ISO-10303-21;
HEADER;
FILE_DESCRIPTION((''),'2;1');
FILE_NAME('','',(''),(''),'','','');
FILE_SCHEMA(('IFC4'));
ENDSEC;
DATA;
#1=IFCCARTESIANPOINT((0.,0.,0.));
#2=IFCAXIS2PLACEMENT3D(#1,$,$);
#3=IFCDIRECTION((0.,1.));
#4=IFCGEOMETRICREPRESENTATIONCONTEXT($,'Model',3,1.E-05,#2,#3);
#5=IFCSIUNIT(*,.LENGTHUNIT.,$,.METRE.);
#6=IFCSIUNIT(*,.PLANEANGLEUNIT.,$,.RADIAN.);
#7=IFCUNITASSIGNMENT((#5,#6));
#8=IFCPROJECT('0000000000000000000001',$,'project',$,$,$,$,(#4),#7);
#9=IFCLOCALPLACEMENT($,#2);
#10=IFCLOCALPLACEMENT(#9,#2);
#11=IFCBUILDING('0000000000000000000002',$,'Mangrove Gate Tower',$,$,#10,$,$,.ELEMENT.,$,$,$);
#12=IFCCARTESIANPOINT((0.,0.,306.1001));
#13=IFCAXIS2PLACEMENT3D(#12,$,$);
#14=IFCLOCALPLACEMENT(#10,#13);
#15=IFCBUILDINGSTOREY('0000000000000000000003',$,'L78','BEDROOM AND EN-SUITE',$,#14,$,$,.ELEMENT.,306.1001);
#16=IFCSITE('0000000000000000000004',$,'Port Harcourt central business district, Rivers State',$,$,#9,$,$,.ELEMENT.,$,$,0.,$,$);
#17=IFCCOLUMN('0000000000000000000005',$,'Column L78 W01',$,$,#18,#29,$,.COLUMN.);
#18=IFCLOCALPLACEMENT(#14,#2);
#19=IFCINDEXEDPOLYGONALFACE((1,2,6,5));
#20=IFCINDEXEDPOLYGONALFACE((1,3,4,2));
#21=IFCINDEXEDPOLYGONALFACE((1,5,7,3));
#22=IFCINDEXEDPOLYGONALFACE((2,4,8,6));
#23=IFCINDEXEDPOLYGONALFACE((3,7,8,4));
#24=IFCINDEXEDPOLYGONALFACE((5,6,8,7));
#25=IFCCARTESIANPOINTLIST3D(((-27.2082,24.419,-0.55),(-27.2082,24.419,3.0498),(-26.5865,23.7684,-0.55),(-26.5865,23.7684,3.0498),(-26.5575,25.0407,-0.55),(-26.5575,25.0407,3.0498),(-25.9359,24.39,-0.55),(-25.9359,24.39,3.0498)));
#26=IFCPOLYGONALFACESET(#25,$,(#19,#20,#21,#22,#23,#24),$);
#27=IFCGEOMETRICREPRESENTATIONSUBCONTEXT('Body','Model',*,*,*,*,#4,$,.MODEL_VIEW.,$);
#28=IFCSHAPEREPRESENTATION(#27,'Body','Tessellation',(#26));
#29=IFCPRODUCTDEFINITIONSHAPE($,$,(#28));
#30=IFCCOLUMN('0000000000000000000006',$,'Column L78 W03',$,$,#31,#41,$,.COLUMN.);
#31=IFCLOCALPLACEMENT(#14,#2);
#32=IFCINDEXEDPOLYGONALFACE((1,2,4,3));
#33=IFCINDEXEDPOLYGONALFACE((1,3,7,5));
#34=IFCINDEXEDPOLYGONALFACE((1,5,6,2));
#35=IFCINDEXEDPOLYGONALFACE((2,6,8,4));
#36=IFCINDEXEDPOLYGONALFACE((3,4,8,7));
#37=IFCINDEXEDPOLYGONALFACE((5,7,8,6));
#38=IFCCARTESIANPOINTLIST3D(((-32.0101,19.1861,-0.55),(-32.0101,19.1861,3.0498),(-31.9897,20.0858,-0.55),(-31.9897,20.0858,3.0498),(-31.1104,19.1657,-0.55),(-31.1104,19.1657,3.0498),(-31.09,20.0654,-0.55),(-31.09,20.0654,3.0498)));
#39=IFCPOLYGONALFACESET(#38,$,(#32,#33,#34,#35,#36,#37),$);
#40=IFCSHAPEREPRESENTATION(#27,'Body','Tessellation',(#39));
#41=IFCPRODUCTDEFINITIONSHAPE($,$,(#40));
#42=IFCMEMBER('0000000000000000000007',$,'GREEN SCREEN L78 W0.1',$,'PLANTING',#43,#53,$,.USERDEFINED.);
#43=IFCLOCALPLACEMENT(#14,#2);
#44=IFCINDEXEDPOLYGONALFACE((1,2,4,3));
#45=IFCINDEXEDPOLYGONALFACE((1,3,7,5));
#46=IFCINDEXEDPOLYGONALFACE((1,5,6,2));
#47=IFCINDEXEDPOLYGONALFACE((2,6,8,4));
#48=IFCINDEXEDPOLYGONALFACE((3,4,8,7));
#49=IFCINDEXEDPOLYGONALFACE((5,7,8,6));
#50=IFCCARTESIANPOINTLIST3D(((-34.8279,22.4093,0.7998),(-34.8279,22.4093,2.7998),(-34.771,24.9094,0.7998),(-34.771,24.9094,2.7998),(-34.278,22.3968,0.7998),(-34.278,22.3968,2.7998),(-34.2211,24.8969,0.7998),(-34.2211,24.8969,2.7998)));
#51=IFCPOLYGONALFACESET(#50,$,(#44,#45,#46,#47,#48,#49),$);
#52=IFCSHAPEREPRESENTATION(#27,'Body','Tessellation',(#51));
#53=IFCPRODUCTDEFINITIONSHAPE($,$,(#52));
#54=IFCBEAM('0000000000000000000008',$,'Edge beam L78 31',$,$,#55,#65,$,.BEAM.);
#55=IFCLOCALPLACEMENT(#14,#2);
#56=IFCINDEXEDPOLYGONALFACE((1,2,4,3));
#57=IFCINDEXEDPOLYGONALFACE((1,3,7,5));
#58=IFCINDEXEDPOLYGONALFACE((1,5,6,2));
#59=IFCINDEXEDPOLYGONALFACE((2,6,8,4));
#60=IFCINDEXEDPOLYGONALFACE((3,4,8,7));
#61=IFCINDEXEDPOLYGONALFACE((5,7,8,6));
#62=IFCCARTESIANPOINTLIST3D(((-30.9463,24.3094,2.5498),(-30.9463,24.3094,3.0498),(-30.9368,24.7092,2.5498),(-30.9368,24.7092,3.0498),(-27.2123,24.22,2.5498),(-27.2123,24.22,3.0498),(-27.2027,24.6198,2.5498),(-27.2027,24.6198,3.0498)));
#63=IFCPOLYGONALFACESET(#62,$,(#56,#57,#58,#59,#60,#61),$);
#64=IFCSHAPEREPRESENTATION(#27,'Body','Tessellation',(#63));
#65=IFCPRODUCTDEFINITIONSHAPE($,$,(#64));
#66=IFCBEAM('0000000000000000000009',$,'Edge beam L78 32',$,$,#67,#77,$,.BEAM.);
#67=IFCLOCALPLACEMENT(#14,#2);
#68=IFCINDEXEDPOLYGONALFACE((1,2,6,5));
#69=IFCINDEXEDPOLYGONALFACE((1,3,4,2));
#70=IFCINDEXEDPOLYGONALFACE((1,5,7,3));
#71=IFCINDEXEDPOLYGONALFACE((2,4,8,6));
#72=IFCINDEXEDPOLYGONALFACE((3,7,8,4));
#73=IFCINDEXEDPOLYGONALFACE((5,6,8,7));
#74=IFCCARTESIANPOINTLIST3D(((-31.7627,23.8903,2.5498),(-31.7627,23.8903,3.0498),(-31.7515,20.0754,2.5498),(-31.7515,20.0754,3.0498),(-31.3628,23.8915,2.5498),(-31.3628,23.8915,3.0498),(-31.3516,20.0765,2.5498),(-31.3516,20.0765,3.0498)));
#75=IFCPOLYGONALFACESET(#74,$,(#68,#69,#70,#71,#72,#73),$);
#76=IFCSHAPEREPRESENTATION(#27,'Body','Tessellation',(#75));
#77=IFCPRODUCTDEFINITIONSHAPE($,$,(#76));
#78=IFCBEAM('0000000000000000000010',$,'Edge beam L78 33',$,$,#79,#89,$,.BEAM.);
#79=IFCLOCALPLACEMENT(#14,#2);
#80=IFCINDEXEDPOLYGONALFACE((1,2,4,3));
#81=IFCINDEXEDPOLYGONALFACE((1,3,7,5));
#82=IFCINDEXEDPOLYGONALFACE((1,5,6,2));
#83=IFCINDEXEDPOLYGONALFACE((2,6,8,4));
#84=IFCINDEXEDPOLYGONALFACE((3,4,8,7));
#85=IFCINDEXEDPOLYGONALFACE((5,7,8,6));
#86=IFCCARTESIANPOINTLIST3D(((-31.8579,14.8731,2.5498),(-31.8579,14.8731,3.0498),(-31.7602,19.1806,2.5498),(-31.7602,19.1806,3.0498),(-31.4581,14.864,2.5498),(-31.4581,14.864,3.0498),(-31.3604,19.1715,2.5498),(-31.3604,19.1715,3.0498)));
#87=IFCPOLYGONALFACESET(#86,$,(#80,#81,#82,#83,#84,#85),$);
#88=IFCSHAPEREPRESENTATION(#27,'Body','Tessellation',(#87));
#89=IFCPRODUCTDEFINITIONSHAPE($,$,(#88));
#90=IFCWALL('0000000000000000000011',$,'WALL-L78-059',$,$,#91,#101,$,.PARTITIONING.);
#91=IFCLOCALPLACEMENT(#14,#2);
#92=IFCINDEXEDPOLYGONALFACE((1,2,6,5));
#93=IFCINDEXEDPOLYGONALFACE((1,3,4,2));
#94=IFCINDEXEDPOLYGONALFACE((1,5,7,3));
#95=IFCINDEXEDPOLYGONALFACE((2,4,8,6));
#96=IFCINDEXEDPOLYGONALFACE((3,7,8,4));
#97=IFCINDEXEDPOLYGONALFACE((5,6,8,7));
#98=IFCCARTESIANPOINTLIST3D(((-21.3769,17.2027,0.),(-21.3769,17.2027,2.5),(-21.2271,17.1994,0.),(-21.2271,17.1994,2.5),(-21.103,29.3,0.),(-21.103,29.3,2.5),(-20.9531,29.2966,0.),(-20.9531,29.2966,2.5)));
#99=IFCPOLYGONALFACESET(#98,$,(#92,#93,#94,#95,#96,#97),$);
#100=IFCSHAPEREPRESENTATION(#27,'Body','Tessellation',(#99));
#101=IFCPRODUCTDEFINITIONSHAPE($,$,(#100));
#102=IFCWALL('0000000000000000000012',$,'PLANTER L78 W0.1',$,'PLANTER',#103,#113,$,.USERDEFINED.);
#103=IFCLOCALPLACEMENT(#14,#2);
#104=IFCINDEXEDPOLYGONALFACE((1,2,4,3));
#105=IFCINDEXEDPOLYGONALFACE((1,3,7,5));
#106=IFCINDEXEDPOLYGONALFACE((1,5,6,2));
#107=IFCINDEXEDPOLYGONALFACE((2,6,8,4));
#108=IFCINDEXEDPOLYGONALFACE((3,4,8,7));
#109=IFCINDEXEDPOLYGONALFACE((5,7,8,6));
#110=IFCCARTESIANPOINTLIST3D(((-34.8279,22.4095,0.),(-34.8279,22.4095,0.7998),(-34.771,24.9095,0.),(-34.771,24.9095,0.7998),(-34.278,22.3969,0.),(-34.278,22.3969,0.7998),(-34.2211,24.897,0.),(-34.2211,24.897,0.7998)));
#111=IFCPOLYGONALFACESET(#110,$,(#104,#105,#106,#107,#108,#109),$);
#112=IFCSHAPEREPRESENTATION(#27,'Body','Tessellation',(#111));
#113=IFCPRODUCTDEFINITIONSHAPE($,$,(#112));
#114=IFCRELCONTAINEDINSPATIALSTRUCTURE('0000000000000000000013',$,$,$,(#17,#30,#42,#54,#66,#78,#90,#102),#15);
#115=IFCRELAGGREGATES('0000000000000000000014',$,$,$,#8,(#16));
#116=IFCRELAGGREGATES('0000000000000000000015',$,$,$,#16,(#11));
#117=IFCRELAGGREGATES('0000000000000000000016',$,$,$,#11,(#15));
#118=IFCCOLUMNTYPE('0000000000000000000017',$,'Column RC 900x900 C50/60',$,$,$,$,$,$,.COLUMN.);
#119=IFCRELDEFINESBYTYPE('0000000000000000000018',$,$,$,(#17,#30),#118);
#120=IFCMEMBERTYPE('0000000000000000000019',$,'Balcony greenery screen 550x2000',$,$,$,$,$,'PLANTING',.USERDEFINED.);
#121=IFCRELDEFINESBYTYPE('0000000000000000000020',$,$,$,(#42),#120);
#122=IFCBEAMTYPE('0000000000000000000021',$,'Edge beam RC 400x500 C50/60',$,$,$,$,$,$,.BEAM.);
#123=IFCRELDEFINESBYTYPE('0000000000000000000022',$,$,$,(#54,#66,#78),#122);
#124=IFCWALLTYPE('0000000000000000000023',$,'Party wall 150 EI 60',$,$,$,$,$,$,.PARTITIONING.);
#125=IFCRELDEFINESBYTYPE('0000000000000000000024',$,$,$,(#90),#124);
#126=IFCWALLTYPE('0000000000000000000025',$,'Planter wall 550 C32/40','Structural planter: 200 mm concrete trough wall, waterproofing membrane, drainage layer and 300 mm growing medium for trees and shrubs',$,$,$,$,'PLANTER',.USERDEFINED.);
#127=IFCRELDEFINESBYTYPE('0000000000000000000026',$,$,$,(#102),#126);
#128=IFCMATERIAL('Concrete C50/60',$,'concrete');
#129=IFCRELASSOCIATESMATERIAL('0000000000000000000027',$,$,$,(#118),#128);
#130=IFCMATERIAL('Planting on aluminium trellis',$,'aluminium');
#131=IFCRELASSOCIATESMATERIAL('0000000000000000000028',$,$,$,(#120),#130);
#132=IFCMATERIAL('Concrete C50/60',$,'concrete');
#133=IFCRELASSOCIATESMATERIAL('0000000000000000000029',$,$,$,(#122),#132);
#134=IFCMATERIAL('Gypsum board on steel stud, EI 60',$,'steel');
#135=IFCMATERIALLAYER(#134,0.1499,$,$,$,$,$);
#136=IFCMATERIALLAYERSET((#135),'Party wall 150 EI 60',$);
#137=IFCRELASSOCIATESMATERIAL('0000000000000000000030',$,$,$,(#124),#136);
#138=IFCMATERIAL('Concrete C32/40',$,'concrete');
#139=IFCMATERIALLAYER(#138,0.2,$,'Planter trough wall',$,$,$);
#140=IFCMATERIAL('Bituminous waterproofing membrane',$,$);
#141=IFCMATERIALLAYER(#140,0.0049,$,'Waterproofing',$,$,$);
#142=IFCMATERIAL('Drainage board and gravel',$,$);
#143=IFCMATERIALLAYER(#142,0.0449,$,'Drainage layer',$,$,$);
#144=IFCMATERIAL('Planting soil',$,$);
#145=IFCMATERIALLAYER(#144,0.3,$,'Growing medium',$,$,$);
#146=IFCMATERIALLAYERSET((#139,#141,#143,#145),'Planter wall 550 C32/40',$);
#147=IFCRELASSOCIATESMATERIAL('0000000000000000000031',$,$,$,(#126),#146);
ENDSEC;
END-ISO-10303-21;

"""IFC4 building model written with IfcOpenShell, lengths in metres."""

from ifc_helpers import new_model, si_unit, direction, frame, frame_2d, origin, origin_2d, place, context, subcontext, project, spatial, rectangle, extrude, material, layer, layer_set, material_profile, profile_set, type_object, element, save


model = new_model("IFC4")

# Units and contexts
model_context = context("Model", 3, precision=1e-05, world=origin(), true_north=direction((0.0, 1.0)))
body_context = subcontext(model_context, "Body", "Model", "MODEL_VIEW")
ifc_project = project(units=[si_unit("LENGTHUNIT", "METRE"), si_unit("PLANEANGLEUNIT", "RADIAN")], contexts=[model_context])

# Site, building, storey
site_placement = place(None, origin())
site = spatial("IfcSite", under=ifc_project, at=site_placement, Name="Port Harcourt central business district, Rivers State", CompositionType="ELEMENT", RefElevation=0.0)
building_placement = place(site_placement, origin())
building = spatial("IfcBuilding", under=site, at=building_placement, Name="Mangrove Gate Tower", CompositionType="ELEMENT")
storey_placement = place(building_placement, frame((0.0, 0.0, 306.1001)))
storey = spatial("IfcBuildingStorey", under=building, at=storey_placement, Name="L78", Description="BEDROOM AND EN-SUITE", CompositionType="ELEMENT", Elevation=306.1001)

# Columns
ifc_material_1 = material(Name="Concrete C50/60", Category="concrete")
ifc_material_profile_1 = material_profile(ifc_material_1, rectangle(XDim=0.8999, YDim=0.8999, at=origin_2d()))
ifc_profile_set_1 = profile_set([ifc_material_profile_1], Name="Concrete C50/60")
column_type = type_object("IfcColumnType", Name="Column RC 900x900 C50/60", PredefinedType="COLUMN", material=ifc_profile_set_1)
for number, where, z_axis, x_axis, name in (
    (1, (-26.572, 24.4045, -0.55), (0.0, 0.0, 1.0), (-0.723044, -0.690802, 0.0), "Column L78 W01"),
    (2, (-31.55, 19.6257, -0.55), (0.0, 0.0, 1.0), (-0.022656, -0.999743, 0.0), "Column L78 W03"),
):
    element("IfcColumn", number, at=place(storey_placement, frame(where, z_axis=z_axis, x_axis=x_axis)), inside=storey, type_object=column_type, Name=name, PredefinedType="COLUMN", context=body_context, shape_type="SweptSolid", body=[
        extrude(rectangle(XDim=0.8999, YDim=0.8999, at=origin_2d()), origin(), (0.0, 0.0, 1.0), 3.5999),
    ])

# Member
ifc_material_2 = material(Name="Planting on aluminium trellis", Category="aluminium")
ifc_material_profile_2 = material_profile(ifc_material_2, rectangle(XDim=0.55, YDim=2.0, at=origin_2d()))
ifc_profile_set_2 = profile_set([ifc_material_profile_2], Name="Planting on aluminium trellis")
member_type = type_object("IfcMemberType", Name="Balcony greenery screen 550x2000", ElementType="PLANTING", PredefinedType="USERDEFINED", material=ifc_profile_set_2)
member_placement = place(storey_placement, frame((-34.553, 22.4031, 1.7998), z_axis=(0.022748, 0.999741, 0.0), x_axis=(-0.999741, 0.022748, 0.0)))
element("IfcMember", 3, at=member_placement, inside=storey, type_object=member_type, Name="GREEN SCREEN L78 W0.1", ObjectType="PLANTING", PredefinedType="USERDEFINED", context=body_context, shape_type="SweptSolid", body=[
    extrude(rectangle(XDim=0.55, YDim=2.0, at=origin_2d()), origin(), (0.0, 0.0, 1.0), 2.5007),
])

# Beams
ifc_material_3 = material(Name="Concrete C50/60", Category="concrete")
ifc_material_profile_3 = material_profile(ifc_material_3, rectangle(XDim=0.3999, YDim=0.5, at=origin_2d()))
ifc_profile_set_3 = profile_set([ifc_material_profile_3], Name="Concrete C50/60")
beam_type = type_object("IfcBeamType", Name="Edge beam RC 400x500 C50/60", PredefinedType="BEAM", material=ifc_profile_set_3)
beam_1_placement = place(storey_placement, frame((-27.2075, 24.4199, 2.7998), z_axis=(-0.999714, 0.023923, 0.0), x_axis=(-0.023923, -0.999714, 0.0)))
element("IfcBeam", 4, at=beam_1_placement, inside=storey, type_object=beam_type, Name="Edge beam L78 31", PredefinedType="BEAM", context=body_context, shape_type="SweptSolid", body=[
    extrude(rectangle(XDim=0.3999, YDim=0.5, at=origin_2d()), origin(), (0.0, 0.0, 1.0), 3.7351),
])
beam_2_placement = place(storey_placement, frame((-31.5627, 23.8909, 2.7998), z_axis=(0.002944, -0.999996, 0.0), x_axis=(0.999996, 0.002944, 0.0)))
element("IfcBeam", 5, at=beam_2_placement, inside=storey, type_object=beam_type, Name="Edge beam L78 32", PredefinedType="BEAM", context=body_context, shape_type="SweptSolid", body=[
    extrude(rectangle(XDim=0.3999, YDim=0.5, at=origin_2d()), origin(), (0.0, 0.0, 1.0), 3.8149),
])
beam_3_placement = place(storey_placement, frame((-31.5603, 19.176, 2.7998), z_axis=(-0.022666, -0.999743, 0.0), x_axis=(0.999743, -0.022666, 0.0)))
element("IfcBeam", 6, at=beam_3_placement, inside=storey, type_object=beam_type, Name="Edge beam L78 33", PredefinedType="BEAM", context=body_context, shape_type="SweptSolid", body=[
    extrude(rectangle(XDim=0.3999, YDim=0.5, at=origin_2d()), origin(), (0.0, 0.0, 1.0), 4.3086),
])

# Walls
ifc_material_4 = material(Name="Gypsum board on steel stud, EI 60", Category="steel")
ifc_layer_1 = layer(ifc_material_4, 0.1499)
ifc_layer_set_1 = layer_set([ifc_layer_1], Name="Party wall 150 EI 60")
wall_type_1 = type_object("IfcWallType", Name="Party wall 150 EI 60", PredefinedType="PARTITIONING", material=ifc_layer_set_1)
wall_1_placement = place(storey_placement, frame((-21.302, 17.2009, 0.0), z_axis=(0.0, 0.0, 1.0), x_axis=(0.022638, 0.999744, 0.0)))
element("IfcWall", 7, at=wall_1_placement, inside=storey, type_object=wall_type_1, Name="WALL-L78-059", PredefinedType="PARTITIONING", context=body_context, shape_type="SweptSolid", body=[
    extrude(rectangle(XDim=12.1003, YDim=0.1499, at=frame_2d((6.0503, 0.0))), origin(), (0.0, 0.0, 1.0), 2.5),
])
ifc_material_5 = material(Name="Concrete C32/40", Category="concrete")
ifc_layer_2 = layer(ifc_material_5, 0.2, Name="Planter trough wall")
ifc_material_6 = material(Name="Bituminous waterproofing membrane")
ifc_layer_3 = layer(ifc_material_6, 0.0049, Name="Waterproofing")
ifc_material_7 = material(Name="Drainage board and gravel")
ifc_layer_4 = layer(ifc_material_7, 0.0449, Name="Drainage layer")
ifc_material_8 = material(Name="Planting soil")
ifc_layer_5 = layer(ifc_material_8, 0.3, Name="Growing medium")
ifc_layer_set_2 = layer_set([ifc_layer_2, ifc_layer_3, ifc_layer_4, ifc_layer_5], Name="Planter wall 550 C32/40")
wall_type_2 = type_object("IfcWallType", Name="Planter wall 550 C32/40", Description="Structural planter: 200 mm concrete trough wall, waterproofing membrane, drainage layer and 300 mm growing medium for trees and shrubs", ElementType="PLANTER", PredefinedType="USERDEFINED", material=ifc_layer_set_2)
wall_2_placement = place(storey_placement, frame((-34.553, 22.4031, 0.0), z_axis=(0.0, 0.0, 1.0), x_axis=(0.022748, 0.999741, 0.0)))
element("IfcWall", 8, at=wall_2_placement, inside=storey, type_object=wall_type_2, Name="PLANTER L78 W0.1", ObjectType="PLANTER", PredefinedType="USERDEFINED", context=body_context, shape_type="SweptSolid", body=[
    extrude(rectangle(XDim=2.5007, YDim=0.55, at=frame_2d((1.2505, 0.0))), origin(), (0.0, 0.0, 1.0), 0.7998),
])

save(model, "model.ifc")
